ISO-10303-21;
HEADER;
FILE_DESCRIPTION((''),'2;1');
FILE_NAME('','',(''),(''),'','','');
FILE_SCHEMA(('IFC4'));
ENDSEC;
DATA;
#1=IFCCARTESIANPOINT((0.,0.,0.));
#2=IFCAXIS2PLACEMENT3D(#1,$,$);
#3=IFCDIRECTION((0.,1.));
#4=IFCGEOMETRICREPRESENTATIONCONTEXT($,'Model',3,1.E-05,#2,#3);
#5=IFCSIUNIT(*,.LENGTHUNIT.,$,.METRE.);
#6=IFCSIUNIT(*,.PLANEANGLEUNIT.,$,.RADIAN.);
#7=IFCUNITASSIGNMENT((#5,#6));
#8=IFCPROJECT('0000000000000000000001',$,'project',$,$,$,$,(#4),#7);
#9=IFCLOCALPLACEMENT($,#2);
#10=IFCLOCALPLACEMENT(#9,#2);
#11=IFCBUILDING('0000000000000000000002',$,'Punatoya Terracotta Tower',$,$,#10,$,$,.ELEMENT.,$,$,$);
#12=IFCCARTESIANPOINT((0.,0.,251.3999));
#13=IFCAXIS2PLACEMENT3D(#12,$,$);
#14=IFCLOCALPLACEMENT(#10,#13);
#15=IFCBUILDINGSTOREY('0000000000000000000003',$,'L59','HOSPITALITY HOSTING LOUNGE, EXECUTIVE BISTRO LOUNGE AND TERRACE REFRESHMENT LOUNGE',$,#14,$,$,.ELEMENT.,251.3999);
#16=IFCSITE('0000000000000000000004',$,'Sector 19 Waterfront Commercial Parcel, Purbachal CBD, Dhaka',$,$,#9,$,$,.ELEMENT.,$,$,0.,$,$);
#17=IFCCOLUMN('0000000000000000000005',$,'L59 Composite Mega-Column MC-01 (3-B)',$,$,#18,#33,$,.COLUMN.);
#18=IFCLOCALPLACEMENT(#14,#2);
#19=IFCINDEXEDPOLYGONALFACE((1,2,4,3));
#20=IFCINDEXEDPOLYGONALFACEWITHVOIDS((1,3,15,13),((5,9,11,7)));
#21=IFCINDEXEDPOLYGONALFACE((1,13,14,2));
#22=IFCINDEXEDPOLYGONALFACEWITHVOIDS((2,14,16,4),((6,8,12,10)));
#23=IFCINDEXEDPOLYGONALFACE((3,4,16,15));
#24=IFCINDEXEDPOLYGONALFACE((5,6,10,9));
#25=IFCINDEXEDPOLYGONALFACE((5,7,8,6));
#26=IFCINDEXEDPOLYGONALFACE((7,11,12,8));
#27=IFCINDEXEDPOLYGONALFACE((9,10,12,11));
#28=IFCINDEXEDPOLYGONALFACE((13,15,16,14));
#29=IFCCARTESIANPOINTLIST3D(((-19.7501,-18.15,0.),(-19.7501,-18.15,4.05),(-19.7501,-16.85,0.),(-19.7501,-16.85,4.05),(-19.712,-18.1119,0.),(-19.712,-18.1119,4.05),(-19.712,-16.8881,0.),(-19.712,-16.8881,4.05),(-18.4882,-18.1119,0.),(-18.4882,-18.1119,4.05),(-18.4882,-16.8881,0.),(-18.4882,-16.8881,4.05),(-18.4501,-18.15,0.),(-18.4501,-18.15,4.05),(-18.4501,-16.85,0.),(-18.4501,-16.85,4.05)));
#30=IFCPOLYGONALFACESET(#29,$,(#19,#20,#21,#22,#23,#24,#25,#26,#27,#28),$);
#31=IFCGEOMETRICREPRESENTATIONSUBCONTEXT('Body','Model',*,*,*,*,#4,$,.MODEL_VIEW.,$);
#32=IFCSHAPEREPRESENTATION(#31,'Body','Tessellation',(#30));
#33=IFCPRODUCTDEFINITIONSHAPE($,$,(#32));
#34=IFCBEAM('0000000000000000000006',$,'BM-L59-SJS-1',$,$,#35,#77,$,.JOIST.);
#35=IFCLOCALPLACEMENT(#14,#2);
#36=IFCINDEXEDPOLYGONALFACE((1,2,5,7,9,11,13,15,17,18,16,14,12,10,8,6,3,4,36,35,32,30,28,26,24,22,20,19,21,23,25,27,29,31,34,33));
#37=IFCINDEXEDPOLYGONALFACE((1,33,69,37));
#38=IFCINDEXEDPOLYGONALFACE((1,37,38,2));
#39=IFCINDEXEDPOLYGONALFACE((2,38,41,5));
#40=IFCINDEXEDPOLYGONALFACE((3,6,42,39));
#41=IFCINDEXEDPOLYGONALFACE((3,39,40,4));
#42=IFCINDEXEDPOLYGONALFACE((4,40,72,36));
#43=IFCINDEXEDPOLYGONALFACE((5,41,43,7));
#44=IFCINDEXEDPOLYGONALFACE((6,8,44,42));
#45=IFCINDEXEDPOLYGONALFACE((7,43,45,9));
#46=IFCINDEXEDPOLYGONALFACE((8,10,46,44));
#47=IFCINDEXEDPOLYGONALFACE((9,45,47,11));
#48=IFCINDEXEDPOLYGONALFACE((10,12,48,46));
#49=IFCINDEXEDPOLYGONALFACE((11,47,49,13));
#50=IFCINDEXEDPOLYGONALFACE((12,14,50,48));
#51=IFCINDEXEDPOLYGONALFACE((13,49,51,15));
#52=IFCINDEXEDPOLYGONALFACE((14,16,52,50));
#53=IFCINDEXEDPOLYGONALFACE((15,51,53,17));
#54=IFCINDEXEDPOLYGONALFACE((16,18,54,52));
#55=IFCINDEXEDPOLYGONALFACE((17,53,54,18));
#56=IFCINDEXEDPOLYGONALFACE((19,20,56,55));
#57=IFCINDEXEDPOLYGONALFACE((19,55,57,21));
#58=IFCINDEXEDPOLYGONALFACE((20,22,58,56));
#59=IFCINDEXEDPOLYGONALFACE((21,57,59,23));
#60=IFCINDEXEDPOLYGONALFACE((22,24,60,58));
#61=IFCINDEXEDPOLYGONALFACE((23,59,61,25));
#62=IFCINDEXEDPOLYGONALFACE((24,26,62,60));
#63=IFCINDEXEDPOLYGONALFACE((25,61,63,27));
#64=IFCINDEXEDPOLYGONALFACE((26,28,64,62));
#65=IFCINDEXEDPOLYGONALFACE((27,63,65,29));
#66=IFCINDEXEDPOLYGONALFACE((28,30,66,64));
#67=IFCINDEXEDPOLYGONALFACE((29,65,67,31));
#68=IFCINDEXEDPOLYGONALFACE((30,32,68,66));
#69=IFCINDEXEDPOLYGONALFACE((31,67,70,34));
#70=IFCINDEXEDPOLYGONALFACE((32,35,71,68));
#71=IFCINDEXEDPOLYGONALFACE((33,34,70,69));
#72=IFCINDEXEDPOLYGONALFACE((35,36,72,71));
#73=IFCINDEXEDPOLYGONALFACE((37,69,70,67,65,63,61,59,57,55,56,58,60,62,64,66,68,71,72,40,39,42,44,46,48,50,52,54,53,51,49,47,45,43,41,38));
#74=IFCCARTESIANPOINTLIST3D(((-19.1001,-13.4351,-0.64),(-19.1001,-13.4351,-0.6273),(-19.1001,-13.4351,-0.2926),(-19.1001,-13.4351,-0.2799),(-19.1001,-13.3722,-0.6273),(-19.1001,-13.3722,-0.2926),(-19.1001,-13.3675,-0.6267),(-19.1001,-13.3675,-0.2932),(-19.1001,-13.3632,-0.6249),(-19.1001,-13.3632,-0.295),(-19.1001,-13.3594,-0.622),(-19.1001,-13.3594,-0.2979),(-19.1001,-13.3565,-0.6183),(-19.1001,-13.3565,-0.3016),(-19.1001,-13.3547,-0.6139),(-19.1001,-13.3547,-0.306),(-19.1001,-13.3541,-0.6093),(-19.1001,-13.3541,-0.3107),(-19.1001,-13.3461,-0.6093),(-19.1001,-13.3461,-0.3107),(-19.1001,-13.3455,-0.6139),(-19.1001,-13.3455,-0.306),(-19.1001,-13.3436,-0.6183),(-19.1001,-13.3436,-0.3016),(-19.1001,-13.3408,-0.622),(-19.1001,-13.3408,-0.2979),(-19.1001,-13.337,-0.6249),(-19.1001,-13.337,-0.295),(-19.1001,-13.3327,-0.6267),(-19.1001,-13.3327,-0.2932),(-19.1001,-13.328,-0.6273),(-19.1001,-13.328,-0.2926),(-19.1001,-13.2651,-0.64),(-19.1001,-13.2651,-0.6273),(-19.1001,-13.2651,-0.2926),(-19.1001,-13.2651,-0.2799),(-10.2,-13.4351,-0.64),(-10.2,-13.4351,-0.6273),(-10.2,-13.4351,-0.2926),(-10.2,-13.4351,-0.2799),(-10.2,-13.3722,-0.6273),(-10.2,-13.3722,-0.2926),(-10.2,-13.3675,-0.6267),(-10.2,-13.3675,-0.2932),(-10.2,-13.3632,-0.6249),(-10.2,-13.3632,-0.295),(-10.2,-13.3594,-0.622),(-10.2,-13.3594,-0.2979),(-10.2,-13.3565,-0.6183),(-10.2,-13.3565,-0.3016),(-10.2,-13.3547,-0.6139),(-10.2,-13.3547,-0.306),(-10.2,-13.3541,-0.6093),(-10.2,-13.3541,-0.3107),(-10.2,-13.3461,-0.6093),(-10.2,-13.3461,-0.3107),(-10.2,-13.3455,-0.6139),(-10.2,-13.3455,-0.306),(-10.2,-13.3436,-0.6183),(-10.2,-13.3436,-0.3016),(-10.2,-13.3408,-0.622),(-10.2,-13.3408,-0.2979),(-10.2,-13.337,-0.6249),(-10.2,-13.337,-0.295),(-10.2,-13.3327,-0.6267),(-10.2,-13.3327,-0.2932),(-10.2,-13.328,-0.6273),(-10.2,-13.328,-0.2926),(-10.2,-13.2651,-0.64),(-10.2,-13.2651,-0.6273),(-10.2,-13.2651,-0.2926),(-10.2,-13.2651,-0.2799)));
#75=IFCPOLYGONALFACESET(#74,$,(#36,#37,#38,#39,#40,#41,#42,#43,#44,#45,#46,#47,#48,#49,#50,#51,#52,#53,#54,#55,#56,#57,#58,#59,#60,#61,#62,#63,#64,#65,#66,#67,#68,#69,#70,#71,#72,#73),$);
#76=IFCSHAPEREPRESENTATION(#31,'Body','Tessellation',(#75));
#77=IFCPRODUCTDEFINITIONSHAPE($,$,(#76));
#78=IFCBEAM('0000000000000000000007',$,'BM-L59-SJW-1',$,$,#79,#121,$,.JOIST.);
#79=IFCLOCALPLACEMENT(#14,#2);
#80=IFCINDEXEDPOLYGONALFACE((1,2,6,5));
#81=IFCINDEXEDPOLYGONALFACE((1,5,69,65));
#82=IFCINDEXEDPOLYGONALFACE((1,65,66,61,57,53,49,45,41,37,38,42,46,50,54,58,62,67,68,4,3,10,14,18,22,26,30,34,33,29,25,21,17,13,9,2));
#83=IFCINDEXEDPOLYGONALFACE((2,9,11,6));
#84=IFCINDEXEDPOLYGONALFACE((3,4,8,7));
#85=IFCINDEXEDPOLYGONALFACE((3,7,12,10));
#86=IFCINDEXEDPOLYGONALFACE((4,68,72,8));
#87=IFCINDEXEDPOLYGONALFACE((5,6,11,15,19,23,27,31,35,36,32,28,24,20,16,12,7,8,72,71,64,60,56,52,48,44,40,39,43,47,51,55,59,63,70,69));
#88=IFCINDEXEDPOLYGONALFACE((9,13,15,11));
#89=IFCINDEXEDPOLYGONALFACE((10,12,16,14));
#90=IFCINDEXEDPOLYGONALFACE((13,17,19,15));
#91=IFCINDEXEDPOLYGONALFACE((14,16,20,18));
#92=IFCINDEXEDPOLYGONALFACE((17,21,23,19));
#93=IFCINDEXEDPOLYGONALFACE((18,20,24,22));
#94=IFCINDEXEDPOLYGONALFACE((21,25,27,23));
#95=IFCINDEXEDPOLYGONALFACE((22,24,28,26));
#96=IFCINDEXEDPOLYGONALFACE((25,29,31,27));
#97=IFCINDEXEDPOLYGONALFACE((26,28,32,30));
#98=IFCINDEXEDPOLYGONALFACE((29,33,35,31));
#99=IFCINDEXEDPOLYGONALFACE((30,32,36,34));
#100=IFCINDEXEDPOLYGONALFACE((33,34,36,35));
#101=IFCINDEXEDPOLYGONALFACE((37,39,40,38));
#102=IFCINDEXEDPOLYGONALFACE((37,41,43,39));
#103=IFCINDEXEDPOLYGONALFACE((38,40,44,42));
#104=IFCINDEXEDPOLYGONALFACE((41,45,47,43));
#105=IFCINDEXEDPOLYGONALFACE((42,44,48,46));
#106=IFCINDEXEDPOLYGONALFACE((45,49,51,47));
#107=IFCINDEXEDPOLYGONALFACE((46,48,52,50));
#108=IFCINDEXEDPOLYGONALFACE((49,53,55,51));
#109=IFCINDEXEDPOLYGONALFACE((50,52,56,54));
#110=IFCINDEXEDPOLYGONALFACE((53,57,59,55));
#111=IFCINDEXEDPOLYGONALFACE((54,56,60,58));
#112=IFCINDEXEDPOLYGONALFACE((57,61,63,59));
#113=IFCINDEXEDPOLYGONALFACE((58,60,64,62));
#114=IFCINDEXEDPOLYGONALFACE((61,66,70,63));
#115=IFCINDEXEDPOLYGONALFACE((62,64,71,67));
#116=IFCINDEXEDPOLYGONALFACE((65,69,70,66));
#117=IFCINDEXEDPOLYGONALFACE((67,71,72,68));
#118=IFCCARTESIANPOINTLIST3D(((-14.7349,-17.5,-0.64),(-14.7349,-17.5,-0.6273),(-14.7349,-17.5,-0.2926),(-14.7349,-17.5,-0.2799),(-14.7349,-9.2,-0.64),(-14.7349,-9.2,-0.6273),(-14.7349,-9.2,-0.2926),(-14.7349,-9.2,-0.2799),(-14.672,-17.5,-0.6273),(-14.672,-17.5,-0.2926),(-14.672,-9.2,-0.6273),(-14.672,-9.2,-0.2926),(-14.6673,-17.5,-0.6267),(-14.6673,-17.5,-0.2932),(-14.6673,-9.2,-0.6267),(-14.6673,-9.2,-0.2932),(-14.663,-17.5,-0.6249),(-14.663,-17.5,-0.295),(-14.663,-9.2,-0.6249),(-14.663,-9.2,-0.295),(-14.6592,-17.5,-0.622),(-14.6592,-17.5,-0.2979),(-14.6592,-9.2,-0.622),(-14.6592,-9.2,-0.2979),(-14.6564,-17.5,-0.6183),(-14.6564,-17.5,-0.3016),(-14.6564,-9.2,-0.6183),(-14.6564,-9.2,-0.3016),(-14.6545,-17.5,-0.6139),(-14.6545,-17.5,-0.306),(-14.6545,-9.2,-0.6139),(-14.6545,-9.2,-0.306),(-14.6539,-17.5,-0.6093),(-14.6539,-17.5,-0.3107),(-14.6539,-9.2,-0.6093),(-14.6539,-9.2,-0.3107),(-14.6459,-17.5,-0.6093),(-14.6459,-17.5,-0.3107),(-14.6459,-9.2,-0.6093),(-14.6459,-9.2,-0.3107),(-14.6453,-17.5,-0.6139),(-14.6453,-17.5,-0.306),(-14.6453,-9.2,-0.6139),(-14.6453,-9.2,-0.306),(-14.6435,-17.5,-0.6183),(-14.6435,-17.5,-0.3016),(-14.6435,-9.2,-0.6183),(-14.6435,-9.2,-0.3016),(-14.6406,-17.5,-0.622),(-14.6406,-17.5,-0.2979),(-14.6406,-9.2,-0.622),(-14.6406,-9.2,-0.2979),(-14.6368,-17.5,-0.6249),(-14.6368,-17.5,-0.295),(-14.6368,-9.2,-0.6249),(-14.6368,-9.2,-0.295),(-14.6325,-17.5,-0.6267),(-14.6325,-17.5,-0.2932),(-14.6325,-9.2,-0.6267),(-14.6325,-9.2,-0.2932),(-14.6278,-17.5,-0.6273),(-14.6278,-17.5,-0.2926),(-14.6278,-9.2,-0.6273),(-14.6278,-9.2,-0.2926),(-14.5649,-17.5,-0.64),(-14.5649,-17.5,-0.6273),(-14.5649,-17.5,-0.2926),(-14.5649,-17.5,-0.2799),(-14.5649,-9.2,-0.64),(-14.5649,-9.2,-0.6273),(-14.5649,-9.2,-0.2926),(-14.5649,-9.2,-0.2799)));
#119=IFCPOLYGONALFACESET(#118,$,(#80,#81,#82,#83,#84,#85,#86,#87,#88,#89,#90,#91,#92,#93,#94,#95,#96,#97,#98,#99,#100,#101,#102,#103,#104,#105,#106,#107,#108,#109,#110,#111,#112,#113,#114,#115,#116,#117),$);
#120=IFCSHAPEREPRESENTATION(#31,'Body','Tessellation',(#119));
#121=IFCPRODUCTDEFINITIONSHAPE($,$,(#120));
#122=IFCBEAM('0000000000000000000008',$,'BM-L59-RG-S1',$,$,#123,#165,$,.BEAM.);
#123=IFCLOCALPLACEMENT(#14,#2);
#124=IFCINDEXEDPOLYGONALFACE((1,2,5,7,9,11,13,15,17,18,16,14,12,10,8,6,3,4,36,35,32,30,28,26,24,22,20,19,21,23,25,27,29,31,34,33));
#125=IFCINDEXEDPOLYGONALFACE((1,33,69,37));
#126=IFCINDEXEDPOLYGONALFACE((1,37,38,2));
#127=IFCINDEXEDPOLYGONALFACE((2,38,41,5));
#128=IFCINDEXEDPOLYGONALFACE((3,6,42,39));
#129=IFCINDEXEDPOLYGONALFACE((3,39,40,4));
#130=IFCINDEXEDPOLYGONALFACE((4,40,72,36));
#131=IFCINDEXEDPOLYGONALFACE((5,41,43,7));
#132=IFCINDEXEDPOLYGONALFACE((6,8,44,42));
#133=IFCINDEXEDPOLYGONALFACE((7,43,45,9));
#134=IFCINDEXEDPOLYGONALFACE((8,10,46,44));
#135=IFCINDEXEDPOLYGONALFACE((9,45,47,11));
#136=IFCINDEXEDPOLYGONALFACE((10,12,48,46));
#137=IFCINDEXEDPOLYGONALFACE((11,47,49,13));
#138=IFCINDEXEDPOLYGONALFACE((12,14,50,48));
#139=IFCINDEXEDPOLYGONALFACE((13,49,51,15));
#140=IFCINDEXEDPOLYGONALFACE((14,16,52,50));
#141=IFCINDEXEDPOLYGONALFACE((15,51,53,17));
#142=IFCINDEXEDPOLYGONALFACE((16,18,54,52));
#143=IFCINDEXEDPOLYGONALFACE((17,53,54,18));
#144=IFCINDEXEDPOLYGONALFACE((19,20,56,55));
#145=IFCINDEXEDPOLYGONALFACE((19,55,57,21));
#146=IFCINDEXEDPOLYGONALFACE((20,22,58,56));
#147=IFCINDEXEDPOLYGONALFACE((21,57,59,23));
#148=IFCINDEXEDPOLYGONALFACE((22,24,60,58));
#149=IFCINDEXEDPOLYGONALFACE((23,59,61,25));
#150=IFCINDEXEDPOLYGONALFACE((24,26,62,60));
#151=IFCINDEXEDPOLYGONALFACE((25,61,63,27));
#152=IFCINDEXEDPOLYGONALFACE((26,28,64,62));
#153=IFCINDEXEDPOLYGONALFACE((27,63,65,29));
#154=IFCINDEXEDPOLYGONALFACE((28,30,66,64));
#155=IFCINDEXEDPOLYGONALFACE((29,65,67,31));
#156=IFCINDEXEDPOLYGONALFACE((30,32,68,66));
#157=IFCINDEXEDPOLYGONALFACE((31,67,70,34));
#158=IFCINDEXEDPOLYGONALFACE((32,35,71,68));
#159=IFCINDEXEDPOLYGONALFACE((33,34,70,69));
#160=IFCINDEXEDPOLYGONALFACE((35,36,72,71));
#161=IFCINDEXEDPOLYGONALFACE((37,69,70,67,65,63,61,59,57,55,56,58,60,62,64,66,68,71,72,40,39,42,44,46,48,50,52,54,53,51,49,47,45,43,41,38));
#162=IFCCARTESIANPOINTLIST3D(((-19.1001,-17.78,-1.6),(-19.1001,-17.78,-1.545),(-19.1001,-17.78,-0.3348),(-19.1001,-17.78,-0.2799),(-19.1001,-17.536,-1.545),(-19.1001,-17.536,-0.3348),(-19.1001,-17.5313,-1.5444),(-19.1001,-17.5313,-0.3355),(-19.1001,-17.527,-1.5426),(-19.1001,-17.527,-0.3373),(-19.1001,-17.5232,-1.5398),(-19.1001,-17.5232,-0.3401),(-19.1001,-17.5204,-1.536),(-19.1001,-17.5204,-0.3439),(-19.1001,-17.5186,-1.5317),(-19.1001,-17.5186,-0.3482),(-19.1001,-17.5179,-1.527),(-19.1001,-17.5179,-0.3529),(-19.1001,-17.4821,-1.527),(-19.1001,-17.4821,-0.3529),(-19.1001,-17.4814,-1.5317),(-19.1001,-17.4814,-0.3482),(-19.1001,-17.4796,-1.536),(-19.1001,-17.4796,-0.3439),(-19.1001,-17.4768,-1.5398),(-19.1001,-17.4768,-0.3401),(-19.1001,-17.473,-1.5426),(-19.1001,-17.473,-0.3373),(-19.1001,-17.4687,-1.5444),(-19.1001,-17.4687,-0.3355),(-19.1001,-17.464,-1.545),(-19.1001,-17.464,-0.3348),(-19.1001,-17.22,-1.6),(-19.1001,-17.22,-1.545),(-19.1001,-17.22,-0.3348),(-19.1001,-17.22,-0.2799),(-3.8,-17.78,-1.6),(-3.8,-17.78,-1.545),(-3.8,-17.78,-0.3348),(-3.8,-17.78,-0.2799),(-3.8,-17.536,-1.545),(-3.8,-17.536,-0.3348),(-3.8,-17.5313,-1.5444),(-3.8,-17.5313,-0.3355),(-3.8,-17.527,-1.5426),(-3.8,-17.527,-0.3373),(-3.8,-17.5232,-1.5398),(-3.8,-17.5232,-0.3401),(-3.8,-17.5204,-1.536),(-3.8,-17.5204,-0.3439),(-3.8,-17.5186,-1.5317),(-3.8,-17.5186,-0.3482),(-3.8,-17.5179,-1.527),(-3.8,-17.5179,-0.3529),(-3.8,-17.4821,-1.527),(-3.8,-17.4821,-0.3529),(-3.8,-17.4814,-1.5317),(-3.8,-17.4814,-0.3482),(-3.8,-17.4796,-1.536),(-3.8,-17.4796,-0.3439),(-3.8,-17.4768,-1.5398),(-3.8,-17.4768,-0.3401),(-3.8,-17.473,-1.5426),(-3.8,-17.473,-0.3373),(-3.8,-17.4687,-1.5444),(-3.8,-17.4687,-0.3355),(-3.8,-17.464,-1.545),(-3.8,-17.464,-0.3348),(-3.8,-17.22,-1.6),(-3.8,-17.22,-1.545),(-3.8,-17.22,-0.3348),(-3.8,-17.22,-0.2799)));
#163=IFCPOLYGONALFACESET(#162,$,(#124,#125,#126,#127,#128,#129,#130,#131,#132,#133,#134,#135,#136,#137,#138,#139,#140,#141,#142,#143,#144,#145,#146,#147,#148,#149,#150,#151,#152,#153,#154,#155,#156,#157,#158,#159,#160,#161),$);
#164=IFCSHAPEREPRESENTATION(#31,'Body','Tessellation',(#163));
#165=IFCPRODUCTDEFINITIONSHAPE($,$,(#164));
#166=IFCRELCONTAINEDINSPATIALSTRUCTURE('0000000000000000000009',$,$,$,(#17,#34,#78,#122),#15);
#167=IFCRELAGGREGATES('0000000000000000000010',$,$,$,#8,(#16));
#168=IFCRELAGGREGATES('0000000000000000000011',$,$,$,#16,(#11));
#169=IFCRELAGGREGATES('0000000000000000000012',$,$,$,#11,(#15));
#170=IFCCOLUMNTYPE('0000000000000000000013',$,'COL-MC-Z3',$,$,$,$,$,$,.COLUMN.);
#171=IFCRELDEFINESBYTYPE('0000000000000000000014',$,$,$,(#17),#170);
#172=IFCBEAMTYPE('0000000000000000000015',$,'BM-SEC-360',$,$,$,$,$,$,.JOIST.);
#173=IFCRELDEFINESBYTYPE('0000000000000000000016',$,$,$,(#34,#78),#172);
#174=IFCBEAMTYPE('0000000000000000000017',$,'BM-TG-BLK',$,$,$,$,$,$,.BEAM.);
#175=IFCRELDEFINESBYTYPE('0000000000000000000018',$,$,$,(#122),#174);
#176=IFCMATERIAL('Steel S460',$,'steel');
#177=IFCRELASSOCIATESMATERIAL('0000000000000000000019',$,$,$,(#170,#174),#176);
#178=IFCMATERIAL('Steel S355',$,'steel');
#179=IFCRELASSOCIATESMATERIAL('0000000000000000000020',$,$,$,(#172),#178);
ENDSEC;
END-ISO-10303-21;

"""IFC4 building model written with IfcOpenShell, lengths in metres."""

from ifc_helpers import new_model, si_unit, direction, frame, origin, origin_2d, place, context, subcontext, project, spatial, hollow_rectangle, i_section, extrude, material, material_profile, profile_set, type_object, element, save


model = new_model("IFC4")

# Units and contexts
model_context = context("Model", 3, precision=1e-05, world=origin(), true_north=direction((0.0, 1.0)))
body_context = subcontext(model_context, "Body", "Model", "MODEL_VIEW")
ifc_project = project(units=[si_unit("LENGTHUNIT", "METRE"), si_unit("PLANEANGLEUNIT", "RADIAN")], contexts=[model_context])

# Site, building, storey
site_placement = place(None, origin())
site = spatial("IfcSite", under=ifc_project, at=site_placement, Name="Sector 19 Waterfront Commercial Parcel, Purbachal CBD, Dhaka", CompositionType="ELEMENT", RefElevation=0.0)
building_placement = place(site_placement, origin())
building = spatial("IfcBuilding", under=site, at=building_placement, Name="Punatoya Terracotta Tower", CompositionType="ELEMENT")
storey_placement = place(building_placement, frame((0.0, 0.0, 251.3999)))
storey = spatial("IfcBuildingStorey", under=building, at=storey_placement, Name="L59", Description="HOSPITALITY HOSTING LOUNGE, EXECUTIVE BISTRO LOUNGE AND TERRACE REFRESHMENT LOUNGE", CompositionType="ELEMENT", Elevation=251.3999)

# Column
ifc_material_1 = material(Name="Steel S460", Category="steel")
ifc_material_profile_1 = material_profile(ifc_material_1, hollow_rectangle(XDim=1.3, YDim=1.3, WallThickness=0.0381, at=origin_2d()))
ifc_profile_set_1 = profile_set([ifc_material_profile_1], Name="Steel S460")
column_type = type_object("IfcColumnType", Name="COL-MC-Z3", PredefinedType="COLUMN", material=ifc_profile_set_1)
column_placement = place(storey_placement, frame((-19.1001, -17.5, 0.0), z_axis=(0.0, 0.0, 1.0), x_axis=(1.0, 0.0, 0.0)))
element("IfcColumn", 1, at=column_placement, inside=storey, type_object=column_type, Name="L59 Composite Mega-Column MC-01 (3-B)", PredefinedType="COLUMN", context=body_context, shape_type="SweptSolid", body=[
    extrude(hollow_rectangle(XDim=1.3, YDim=1.3, WallThickness=0.0381, at=origin_2d()), origin(), (0.0, 0.0, 1.0), 4.05),
])

# Beams
ifc_material_2 = material(Name="Steel S355", Category="steel")
ifc_material_profile_2 = material_profile(ifc_material_2, i_section(OverallWidth=0.1699, OverallDepth=0.3601, WebThickness=0.0081, FlangeThickness=0.0127, FilletRadius=0.0181, at=origin_2d()))
ifc_profile_set_2 = profile_set([ifc_material_profile_2], Name="Steel S355")
beam_type_1 = type_object("IfcBeamType", Name="BM-SEC-360", PredefinedType="JOIST", material=ifc_profile_set_2)
beam_1_placement = place(storey_placement, frame((-19.1001, -13.3501, -0.46), z_axis=(1.0, 0.0, 0.0), x_axis=(0.0, 1.0, 0.0)))
element("IfcBeam", 2, at=beam_1_placement, inside=storey, type_object=beam_type_1, Name="BM-L59-SJS-1", PredefinedType="JOIST", context=body_context, shape_type="SweptSolid", body=[
    extrude(i_section(OverallWidth=0.1699, OverallDepth=0.3601, WebThickness=0.0081, FlangeThickness=0.0127, FilletRadius=0.0181, at=origin_2d()), origin(), (0.0, 0.0, 1.0), 8.9001),
])
beam_2_placement = place(storey_placement, frame((-14.6499, -17.5, -0.46), z_axis=(0.0, 1.0, 0.0), x_axis=(-1.0, 0.0, 0.0)))
element("IfcBeam", 3, at=beam_2_placement, inside=storey, type_object=beam_type_1, Name="BM-L59-SJW-1", PredefinedType="JOIST", context=body_context, shape_type="SweptSolid", body=[
    extrude(i_section(OverallWidth=0.1699, OverallDepth=0.3601, WebThickness=0.0081, FlangeThickness=0.0127, FilletRadius=0.0181, at=origin_2d()), origin(), (0.0, 0.0, 1.0), 8.3),
])
ifc_material_profile_3 = material_profile(ifc_material_1, i_section(OverallWidth=0.5601, OverallDepth=1.3201, WebThickness=0.0359, FlangeThickness=0.0549, FilletRadius=0.0181, at=origin_2d()))
ifc_profile_set_3 = profile_set([ifc_material_profile_3], Name="Steel S460")
beam_type_2 = type_object("IfcBeamType", Name="BM-TG-BLK", PredefinedType="BEAM", material=ifc_profile_set_3)
beam_3_placement = place(storey_placement, frame((-19.1001, -17.5, -0.9399), z_axis=(1.0, 0.0, 0.0), x_axis=(0.0, 1.0, 0.0)))
element("IfcBeam", 4, at=beam_3_placement, inside=storey, type_object=beam_type_2, Name="BM-L59-RG-S1", PredefinedType="BEAM", context=body_context, shape_type="SweptSolid", body=[
    extrude(i_section(OverallWidth=0.5601, OverallDepth=1.3201, WebThickness=0.0359, FlangeThickness=0.0549, FilletRadius=0.0181, at=origin_2d()), origin(), (0.0, 0.0, 1.0), 15.3),
])

save(model, "model.ifc")
